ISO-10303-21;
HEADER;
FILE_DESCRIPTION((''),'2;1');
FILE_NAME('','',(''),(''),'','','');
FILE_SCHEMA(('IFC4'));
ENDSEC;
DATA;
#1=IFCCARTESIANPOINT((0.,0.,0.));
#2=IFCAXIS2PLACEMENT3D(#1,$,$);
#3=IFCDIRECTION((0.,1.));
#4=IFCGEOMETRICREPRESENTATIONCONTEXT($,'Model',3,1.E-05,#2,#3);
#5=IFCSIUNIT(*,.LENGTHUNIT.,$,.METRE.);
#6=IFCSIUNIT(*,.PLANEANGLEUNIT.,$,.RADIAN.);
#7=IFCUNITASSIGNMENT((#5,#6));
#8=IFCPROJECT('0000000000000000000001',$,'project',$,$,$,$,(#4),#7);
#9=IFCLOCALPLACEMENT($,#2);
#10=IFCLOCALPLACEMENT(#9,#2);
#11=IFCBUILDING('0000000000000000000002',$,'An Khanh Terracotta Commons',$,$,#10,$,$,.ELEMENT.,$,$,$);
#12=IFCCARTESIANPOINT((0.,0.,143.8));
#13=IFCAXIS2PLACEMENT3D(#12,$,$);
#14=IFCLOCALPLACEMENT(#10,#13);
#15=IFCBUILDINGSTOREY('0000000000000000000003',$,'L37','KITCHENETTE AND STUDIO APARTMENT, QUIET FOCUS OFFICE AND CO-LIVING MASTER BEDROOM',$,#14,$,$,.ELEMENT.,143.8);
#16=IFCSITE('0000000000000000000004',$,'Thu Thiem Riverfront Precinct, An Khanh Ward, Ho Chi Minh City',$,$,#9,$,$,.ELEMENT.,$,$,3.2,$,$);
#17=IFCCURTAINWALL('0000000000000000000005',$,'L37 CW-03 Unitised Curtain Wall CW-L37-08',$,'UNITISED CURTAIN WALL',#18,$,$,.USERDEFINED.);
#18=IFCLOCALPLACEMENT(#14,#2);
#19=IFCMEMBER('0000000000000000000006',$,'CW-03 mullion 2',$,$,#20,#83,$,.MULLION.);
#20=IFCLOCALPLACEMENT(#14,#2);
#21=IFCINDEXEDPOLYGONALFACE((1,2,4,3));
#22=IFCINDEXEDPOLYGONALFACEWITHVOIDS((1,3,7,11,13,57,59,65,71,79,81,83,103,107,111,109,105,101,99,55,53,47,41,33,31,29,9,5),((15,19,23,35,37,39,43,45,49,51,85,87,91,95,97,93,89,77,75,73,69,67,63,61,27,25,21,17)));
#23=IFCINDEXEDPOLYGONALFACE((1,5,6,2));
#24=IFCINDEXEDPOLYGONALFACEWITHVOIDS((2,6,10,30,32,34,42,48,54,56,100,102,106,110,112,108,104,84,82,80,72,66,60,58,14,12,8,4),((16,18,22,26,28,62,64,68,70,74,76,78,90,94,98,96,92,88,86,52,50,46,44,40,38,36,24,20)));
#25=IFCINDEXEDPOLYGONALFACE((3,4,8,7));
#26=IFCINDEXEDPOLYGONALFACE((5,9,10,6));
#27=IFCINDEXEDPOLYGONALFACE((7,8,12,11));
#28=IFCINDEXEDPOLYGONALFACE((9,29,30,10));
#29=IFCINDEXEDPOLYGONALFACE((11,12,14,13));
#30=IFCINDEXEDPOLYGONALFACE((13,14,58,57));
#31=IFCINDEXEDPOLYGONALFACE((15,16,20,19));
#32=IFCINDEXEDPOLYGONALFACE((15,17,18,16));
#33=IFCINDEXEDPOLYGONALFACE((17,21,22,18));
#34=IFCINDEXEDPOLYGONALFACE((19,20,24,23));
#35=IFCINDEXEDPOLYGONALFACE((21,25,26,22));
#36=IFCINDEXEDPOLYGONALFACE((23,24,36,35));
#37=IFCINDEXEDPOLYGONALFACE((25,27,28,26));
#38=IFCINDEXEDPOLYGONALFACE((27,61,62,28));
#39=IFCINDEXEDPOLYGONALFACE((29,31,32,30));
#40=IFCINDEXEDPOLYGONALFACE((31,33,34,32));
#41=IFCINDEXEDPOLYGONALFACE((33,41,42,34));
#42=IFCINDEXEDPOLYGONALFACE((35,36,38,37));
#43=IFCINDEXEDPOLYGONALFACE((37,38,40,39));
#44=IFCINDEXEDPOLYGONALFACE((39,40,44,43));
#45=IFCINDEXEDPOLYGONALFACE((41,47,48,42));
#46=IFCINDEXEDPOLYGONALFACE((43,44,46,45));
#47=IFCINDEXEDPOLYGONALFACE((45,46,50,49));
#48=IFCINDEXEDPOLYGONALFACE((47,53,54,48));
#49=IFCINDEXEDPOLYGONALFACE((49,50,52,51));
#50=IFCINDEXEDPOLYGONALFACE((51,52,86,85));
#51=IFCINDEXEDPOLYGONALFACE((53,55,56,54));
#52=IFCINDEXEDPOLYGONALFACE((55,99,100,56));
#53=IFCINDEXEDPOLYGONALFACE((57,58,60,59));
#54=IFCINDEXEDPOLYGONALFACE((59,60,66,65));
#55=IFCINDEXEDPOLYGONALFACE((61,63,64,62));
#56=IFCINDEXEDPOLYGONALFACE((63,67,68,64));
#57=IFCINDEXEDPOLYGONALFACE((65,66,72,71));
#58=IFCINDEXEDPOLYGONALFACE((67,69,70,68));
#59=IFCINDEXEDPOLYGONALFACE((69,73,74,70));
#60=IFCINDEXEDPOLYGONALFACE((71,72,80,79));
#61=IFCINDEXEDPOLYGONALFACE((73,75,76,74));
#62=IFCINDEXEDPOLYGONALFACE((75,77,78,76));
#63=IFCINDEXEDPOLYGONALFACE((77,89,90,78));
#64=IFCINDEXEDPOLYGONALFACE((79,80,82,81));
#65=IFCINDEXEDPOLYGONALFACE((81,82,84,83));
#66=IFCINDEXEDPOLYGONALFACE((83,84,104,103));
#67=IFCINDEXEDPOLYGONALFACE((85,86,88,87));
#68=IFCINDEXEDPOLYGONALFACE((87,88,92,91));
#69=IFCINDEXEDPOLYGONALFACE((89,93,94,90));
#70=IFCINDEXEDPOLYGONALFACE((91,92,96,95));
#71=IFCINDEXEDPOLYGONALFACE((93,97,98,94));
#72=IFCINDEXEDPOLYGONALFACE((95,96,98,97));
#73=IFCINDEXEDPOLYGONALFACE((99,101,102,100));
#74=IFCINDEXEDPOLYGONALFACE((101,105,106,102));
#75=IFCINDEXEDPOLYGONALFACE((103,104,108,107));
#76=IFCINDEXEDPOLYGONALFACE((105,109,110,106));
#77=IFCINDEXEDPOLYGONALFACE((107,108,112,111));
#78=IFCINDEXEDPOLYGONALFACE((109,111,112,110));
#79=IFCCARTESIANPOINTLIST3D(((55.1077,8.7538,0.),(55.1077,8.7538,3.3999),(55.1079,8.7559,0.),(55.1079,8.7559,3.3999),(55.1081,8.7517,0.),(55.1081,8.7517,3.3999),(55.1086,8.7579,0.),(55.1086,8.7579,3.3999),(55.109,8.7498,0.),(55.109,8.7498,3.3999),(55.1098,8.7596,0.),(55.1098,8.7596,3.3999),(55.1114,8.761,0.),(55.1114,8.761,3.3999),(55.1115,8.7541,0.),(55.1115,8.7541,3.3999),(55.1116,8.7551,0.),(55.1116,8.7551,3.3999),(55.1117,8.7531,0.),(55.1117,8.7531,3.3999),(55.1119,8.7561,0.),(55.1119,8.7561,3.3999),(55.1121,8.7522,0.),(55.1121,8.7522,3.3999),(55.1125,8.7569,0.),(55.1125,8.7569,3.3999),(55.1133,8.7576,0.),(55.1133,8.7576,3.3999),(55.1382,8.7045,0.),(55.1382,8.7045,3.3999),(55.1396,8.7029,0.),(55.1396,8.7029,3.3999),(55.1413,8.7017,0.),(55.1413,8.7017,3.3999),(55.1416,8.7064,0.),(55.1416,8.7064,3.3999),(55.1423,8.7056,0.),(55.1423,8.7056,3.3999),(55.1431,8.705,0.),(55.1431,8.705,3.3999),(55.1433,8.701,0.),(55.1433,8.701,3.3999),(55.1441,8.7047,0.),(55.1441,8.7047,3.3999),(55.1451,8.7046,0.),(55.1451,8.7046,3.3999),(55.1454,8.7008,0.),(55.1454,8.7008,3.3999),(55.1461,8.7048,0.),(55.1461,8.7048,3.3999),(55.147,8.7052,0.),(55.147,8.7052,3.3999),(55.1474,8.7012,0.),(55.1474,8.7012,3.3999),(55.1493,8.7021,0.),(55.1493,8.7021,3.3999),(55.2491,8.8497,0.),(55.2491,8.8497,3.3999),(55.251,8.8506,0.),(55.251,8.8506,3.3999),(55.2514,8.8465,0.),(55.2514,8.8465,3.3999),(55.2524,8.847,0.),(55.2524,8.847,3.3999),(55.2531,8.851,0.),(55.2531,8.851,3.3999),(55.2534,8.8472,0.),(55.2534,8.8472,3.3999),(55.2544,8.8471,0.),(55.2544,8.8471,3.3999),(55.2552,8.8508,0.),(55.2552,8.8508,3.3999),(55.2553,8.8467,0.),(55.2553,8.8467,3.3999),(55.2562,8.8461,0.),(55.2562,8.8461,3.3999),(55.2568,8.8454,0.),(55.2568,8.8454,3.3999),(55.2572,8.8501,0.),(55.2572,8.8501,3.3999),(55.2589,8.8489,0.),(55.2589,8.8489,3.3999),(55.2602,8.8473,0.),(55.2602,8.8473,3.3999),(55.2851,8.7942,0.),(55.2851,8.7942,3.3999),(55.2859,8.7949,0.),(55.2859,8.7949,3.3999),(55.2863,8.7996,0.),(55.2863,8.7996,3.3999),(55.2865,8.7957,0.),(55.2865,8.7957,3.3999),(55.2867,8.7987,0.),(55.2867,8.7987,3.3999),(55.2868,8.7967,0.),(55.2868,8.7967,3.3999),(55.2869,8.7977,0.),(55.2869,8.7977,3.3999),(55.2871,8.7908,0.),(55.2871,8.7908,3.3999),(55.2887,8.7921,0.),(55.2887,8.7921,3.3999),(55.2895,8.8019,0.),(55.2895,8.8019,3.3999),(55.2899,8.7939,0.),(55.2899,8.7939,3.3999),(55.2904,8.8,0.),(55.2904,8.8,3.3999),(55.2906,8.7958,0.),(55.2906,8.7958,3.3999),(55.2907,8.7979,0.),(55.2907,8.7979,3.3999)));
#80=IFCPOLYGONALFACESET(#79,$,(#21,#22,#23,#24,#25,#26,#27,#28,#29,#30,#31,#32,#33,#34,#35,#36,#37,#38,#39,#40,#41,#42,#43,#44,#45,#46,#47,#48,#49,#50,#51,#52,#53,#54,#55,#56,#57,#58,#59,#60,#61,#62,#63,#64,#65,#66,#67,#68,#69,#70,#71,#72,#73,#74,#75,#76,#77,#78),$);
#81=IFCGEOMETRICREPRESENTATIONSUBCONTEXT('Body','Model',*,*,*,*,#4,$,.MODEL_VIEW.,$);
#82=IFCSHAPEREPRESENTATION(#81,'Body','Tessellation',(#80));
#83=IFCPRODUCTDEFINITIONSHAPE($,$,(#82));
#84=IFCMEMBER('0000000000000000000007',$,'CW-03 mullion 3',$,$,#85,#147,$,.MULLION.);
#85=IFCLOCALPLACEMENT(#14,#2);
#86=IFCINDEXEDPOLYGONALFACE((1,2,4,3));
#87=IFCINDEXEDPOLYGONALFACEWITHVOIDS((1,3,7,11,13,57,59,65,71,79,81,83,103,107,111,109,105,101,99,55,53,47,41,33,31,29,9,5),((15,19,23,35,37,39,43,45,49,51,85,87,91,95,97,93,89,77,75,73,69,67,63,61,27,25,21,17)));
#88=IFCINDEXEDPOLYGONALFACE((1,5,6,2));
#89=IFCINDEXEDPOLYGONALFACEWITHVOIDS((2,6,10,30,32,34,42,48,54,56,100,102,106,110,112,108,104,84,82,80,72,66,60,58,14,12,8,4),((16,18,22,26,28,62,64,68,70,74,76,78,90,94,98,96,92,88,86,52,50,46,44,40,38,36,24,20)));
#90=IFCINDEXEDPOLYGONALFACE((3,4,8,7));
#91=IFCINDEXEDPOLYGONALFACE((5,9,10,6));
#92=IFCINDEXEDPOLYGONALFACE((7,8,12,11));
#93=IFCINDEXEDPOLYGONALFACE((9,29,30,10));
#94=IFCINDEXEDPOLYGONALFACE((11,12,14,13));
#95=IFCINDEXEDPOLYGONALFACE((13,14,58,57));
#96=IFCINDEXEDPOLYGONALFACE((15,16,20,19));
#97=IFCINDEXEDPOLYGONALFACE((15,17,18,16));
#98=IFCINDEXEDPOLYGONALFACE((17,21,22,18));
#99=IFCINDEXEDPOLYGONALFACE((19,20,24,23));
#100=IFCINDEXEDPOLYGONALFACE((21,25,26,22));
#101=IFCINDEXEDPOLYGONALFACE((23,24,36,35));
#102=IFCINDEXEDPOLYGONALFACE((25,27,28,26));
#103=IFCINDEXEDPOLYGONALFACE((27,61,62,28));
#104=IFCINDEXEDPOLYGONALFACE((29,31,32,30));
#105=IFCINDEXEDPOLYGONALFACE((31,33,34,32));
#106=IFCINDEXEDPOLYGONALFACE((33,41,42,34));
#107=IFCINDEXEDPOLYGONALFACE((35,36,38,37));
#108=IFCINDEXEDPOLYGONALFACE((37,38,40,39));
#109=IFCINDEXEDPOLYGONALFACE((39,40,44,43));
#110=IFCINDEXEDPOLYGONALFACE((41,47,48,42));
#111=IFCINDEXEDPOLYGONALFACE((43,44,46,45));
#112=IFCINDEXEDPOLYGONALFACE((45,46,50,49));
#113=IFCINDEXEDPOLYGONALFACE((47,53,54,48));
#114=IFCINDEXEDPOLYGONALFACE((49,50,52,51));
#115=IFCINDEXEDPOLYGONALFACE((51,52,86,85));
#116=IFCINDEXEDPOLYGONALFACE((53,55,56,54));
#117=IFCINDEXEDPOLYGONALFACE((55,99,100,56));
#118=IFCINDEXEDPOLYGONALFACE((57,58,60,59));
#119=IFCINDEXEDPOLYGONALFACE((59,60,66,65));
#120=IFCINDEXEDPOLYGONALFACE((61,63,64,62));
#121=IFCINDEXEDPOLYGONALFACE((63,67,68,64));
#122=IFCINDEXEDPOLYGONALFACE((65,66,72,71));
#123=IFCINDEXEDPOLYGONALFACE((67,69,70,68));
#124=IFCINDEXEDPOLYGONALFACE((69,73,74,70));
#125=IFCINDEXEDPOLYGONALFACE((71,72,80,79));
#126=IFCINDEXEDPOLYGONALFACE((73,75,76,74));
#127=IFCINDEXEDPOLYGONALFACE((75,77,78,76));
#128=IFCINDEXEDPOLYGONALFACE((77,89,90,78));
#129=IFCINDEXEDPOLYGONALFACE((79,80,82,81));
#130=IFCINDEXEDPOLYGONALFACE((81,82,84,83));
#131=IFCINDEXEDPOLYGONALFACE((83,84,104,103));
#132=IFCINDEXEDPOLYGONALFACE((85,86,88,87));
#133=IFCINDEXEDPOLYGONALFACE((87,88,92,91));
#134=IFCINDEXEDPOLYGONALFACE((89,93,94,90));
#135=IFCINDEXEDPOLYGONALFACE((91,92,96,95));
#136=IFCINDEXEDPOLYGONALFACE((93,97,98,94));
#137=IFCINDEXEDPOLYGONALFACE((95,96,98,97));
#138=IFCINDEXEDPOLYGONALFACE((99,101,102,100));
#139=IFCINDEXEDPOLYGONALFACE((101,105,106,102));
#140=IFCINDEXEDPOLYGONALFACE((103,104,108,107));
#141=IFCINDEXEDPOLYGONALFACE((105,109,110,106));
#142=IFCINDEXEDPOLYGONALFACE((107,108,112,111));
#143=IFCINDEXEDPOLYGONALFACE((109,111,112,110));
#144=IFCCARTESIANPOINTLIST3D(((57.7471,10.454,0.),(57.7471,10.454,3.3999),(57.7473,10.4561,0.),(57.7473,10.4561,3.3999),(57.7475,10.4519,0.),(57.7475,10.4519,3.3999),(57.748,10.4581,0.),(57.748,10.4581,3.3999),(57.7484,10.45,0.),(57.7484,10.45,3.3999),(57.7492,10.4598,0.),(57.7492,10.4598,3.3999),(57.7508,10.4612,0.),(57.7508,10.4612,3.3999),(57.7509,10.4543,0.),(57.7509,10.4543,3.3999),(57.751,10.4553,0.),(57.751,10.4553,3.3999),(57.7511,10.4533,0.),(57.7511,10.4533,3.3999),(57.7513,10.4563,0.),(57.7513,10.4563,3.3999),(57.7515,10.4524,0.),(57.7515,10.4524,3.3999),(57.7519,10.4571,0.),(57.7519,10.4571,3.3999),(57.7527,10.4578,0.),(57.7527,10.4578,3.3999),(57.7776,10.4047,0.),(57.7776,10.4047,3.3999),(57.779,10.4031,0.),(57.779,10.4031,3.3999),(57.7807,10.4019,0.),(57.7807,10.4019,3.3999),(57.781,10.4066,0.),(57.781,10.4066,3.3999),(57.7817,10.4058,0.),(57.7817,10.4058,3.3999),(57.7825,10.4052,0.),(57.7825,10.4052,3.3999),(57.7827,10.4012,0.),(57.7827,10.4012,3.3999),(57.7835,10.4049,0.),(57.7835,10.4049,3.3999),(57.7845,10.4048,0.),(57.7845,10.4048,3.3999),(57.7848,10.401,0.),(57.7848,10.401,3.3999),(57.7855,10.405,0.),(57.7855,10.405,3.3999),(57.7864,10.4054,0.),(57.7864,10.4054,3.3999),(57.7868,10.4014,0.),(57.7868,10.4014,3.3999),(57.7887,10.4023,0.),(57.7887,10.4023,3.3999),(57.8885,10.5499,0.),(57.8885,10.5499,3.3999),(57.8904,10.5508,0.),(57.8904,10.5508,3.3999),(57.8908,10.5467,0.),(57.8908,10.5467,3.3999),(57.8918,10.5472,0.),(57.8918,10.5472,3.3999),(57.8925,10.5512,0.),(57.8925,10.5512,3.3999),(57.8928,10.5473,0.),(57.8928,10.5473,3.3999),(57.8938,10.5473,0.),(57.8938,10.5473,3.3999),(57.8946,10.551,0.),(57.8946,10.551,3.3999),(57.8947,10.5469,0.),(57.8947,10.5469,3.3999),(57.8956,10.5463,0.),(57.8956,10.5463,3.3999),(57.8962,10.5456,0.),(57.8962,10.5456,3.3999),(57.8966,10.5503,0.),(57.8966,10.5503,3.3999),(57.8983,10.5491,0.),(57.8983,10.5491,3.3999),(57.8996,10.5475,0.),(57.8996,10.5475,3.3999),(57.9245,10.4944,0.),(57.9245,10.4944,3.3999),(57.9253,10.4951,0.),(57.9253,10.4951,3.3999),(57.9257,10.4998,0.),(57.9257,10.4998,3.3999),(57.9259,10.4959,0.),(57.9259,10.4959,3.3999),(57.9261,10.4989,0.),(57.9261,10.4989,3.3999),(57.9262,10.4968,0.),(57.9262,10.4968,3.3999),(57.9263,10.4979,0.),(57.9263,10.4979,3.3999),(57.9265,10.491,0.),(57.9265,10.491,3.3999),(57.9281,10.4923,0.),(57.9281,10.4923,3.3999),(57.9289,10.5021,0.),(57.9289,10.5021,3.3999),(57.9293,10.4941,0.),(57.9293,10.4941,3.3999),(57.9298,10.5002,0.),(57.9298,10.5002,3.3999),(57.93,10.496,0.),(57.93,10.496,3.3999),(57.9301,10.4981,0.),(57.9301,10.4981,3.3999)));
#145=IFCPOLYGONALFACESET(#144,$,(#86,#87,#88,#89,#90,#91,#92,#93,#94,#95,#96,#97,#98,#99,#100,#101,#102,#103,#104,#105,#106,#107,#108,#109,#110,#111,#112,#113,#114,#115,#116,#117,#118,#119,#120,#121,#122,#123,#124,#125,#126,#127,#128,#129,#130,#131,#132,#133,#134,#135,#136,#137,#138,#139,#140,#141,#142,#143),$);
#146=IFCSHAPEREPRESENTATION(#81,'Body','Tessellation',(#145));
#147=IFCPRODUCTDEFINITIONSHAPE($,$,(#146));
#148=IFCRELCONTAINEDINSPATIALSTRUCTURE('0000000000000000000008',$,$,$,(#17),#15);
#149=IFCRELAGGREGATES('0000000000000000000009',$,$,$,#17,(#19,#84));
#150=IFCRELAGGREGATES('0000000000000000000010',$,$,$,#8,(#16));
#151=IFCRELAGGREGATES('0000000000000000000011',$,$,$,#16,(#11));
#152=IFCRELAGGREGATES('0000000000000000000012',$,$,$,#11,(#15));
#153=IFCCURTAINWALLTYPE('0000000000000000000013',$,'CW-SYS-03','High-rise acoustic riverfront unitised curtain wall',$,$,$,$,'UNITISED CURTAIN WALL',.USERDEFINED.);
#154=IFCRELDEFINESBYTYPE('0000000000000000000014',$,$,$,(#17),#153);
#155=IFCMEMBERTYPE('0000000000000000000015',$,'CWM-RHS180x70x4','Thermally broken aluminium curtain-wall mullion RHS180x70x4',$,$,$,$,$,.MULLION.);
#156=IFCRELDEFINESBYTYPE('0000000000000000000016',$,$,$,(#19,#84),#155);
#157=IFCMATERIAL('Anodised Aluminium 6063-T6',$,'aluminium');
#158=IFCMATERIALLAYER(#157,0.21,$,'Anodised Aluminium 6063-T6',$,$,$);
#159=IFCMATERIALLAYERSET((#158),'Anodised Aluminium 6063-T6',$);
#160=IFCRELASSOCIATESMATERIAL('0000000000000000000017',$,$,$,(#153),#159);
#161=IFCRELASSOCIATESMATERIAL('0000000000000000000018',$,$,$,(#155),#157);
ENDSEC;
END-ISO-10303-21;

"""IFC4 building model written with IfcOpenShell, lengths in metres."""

from ifc_helpers import new_model, si_unit, direction, frame, origin, origin_2d, place, context, subcontext, project, spatial, hollow_rectangle, extrude, material, layer, layer_set, material_profile, profile_set, type_object, element, aggregate, save


model = new_model("IFC4")

# Units and contexts
model_context = context("Model", 3, precision=1e-05, world=origin(), true_north=direction((0.0, 1.0)))
body_context = subcontext(model_context, "Body", "Model", "MODEL_VIEW")
ifc_project = project(units=[si_unit("LENGTHUNIT", "METRE"), si_unit("PLANEANGLEUNIT", "RADIAN")], contexts=[model_context])

# Site, building, storey
site_placement = place(None, origin())
site = spatial("IfcSite", under=ifc_project, at=site_placement, Name="Thu Thiem Riverfront Precinct, An Khanh Ward, Ho Chi Minh City", CompositionType="ELEMENT", RefElevation=3.2)
building_placement = place(site_placement, origin())
building = spatial("IfcBuilding", under=site, at=building_placement, Name="An Khanh Terracotta Commons", CompositionType="ELEMENT")
storey_placement = place(building_placement, frame((0.0, 0.0, 143.8)))
storey = spatial("IfcBuildingStorey", under=building, at=storey_placement, Name="L37", Description="KITCHENETTE AND STUDIO APARTMENT, QUIET FOCUS OFFICE AND CO-LIVING MASTER BEDROOM", CompositionType="ELEMENT", Elevation=143.8)

# Curtain wall, members
ifc_material_1 = material(Name="Anodised Aluminium 6063-T6", Category="aluminium")
ifc_layer_1 = layer(ifc_material_1, 0.21, Name="Anodised Aluminium 6063-T6")
ifc_layer_set_1 = layer_set([ifc_layer_1], Name="Anodised Aluminium 6063-T6")
curtain_wall_type = type_object("IfcCurtainWallType", Name="CW-SYS-03", Description="High-rise acoustic riverfront unitised curtain wall", ElementType="UNITISED CURTAIN WALL", PredefinedType="USERDEFINED", material=ifc_layer_set_1)
curtain_wall_1_placement = place(storey_placement, origin())
curtain_wall_1 = element("IfcCurtainWall", 1, at=curtain_wall_1_placement, inside=storey, type_object=curtain_wall_type, Name="L37 CW-03 Unitised Curtain Wall CW-L37-08", ObjectType="UNITISED CURTAIN WALL", PredefinedType="USERDEFINED")
ifc_material_profile_1 = material_profile(ifc_material_1, hollow_rectangle(XDim=0.0701, YDim=0.1799, WallThickness=0.0039, InnerFilletRadius=0.0039, OuterFilletRadius=0.0081, at=origin_2d()), Name="RHS180x70x4")
ifc_profile_set_1 = profile_set([ifc_material_profile_1], Name="Anodised Aluminium 6063-T6")
member_type_1 = type_object("IfcMemberType", Name="CWM-RHS180x70x4", Description="Thermally broken aluminium curtain-wall mullion RHS180x70x4", PredefinedType="MULLION", material=ifc_profile_set_1)
member_1_placement = place(storey_placement, frame((55.1992, 8.7759, 0.0), z_axis=(0.0, 0.0, 1.0), x_axis=(-0.541498, 0.840702, 0.0)))
member_1 = element("IfcMember", 2, at=member_1_placement, type_object=member_type_1, Name="CW-03 mullion 2", PredefinedType="MULLION", context=body_context, shape_type="SweptSolid", body=[
    extrude(hollow_rectangle(XDim=0.0701, YDim=0.1799, WallThickness=0.0039, InnerFilletRadius=0.0039, OuterFilletRadius=0.0081, at=origin_2d()), origin(), (0.0, 0.0, 1.0), 3.3999),
])
member_2_placement = place(storey_placement, frame((57.8386, 10.4761, 0.0), z_axis=(0.0, 0.0, 1.0), x_axis=(-0.541498, 0.840702, 0.0)))
member_2 = element("IfcMember", 3, at=member_2_placement, type_object=member_type_1, Name="CW-03 mullion 3", PredefinedType="MULLION", context=body_context, shape_type="SweptSolid", body=[
    extrude(hollow_rectangle(XDim=0.0701, YDim=0.1799, WallThickness=0.0039, InnerFilletRadius=0.0039, OuterFilletRadius=0.0081, at=origin_2d()), origin(), (0.0, 0.0, 1.0), 3.3999),
])

aggregate(curtain_wall_1, [member_1, member_2])

save(model, "model.ifc")
